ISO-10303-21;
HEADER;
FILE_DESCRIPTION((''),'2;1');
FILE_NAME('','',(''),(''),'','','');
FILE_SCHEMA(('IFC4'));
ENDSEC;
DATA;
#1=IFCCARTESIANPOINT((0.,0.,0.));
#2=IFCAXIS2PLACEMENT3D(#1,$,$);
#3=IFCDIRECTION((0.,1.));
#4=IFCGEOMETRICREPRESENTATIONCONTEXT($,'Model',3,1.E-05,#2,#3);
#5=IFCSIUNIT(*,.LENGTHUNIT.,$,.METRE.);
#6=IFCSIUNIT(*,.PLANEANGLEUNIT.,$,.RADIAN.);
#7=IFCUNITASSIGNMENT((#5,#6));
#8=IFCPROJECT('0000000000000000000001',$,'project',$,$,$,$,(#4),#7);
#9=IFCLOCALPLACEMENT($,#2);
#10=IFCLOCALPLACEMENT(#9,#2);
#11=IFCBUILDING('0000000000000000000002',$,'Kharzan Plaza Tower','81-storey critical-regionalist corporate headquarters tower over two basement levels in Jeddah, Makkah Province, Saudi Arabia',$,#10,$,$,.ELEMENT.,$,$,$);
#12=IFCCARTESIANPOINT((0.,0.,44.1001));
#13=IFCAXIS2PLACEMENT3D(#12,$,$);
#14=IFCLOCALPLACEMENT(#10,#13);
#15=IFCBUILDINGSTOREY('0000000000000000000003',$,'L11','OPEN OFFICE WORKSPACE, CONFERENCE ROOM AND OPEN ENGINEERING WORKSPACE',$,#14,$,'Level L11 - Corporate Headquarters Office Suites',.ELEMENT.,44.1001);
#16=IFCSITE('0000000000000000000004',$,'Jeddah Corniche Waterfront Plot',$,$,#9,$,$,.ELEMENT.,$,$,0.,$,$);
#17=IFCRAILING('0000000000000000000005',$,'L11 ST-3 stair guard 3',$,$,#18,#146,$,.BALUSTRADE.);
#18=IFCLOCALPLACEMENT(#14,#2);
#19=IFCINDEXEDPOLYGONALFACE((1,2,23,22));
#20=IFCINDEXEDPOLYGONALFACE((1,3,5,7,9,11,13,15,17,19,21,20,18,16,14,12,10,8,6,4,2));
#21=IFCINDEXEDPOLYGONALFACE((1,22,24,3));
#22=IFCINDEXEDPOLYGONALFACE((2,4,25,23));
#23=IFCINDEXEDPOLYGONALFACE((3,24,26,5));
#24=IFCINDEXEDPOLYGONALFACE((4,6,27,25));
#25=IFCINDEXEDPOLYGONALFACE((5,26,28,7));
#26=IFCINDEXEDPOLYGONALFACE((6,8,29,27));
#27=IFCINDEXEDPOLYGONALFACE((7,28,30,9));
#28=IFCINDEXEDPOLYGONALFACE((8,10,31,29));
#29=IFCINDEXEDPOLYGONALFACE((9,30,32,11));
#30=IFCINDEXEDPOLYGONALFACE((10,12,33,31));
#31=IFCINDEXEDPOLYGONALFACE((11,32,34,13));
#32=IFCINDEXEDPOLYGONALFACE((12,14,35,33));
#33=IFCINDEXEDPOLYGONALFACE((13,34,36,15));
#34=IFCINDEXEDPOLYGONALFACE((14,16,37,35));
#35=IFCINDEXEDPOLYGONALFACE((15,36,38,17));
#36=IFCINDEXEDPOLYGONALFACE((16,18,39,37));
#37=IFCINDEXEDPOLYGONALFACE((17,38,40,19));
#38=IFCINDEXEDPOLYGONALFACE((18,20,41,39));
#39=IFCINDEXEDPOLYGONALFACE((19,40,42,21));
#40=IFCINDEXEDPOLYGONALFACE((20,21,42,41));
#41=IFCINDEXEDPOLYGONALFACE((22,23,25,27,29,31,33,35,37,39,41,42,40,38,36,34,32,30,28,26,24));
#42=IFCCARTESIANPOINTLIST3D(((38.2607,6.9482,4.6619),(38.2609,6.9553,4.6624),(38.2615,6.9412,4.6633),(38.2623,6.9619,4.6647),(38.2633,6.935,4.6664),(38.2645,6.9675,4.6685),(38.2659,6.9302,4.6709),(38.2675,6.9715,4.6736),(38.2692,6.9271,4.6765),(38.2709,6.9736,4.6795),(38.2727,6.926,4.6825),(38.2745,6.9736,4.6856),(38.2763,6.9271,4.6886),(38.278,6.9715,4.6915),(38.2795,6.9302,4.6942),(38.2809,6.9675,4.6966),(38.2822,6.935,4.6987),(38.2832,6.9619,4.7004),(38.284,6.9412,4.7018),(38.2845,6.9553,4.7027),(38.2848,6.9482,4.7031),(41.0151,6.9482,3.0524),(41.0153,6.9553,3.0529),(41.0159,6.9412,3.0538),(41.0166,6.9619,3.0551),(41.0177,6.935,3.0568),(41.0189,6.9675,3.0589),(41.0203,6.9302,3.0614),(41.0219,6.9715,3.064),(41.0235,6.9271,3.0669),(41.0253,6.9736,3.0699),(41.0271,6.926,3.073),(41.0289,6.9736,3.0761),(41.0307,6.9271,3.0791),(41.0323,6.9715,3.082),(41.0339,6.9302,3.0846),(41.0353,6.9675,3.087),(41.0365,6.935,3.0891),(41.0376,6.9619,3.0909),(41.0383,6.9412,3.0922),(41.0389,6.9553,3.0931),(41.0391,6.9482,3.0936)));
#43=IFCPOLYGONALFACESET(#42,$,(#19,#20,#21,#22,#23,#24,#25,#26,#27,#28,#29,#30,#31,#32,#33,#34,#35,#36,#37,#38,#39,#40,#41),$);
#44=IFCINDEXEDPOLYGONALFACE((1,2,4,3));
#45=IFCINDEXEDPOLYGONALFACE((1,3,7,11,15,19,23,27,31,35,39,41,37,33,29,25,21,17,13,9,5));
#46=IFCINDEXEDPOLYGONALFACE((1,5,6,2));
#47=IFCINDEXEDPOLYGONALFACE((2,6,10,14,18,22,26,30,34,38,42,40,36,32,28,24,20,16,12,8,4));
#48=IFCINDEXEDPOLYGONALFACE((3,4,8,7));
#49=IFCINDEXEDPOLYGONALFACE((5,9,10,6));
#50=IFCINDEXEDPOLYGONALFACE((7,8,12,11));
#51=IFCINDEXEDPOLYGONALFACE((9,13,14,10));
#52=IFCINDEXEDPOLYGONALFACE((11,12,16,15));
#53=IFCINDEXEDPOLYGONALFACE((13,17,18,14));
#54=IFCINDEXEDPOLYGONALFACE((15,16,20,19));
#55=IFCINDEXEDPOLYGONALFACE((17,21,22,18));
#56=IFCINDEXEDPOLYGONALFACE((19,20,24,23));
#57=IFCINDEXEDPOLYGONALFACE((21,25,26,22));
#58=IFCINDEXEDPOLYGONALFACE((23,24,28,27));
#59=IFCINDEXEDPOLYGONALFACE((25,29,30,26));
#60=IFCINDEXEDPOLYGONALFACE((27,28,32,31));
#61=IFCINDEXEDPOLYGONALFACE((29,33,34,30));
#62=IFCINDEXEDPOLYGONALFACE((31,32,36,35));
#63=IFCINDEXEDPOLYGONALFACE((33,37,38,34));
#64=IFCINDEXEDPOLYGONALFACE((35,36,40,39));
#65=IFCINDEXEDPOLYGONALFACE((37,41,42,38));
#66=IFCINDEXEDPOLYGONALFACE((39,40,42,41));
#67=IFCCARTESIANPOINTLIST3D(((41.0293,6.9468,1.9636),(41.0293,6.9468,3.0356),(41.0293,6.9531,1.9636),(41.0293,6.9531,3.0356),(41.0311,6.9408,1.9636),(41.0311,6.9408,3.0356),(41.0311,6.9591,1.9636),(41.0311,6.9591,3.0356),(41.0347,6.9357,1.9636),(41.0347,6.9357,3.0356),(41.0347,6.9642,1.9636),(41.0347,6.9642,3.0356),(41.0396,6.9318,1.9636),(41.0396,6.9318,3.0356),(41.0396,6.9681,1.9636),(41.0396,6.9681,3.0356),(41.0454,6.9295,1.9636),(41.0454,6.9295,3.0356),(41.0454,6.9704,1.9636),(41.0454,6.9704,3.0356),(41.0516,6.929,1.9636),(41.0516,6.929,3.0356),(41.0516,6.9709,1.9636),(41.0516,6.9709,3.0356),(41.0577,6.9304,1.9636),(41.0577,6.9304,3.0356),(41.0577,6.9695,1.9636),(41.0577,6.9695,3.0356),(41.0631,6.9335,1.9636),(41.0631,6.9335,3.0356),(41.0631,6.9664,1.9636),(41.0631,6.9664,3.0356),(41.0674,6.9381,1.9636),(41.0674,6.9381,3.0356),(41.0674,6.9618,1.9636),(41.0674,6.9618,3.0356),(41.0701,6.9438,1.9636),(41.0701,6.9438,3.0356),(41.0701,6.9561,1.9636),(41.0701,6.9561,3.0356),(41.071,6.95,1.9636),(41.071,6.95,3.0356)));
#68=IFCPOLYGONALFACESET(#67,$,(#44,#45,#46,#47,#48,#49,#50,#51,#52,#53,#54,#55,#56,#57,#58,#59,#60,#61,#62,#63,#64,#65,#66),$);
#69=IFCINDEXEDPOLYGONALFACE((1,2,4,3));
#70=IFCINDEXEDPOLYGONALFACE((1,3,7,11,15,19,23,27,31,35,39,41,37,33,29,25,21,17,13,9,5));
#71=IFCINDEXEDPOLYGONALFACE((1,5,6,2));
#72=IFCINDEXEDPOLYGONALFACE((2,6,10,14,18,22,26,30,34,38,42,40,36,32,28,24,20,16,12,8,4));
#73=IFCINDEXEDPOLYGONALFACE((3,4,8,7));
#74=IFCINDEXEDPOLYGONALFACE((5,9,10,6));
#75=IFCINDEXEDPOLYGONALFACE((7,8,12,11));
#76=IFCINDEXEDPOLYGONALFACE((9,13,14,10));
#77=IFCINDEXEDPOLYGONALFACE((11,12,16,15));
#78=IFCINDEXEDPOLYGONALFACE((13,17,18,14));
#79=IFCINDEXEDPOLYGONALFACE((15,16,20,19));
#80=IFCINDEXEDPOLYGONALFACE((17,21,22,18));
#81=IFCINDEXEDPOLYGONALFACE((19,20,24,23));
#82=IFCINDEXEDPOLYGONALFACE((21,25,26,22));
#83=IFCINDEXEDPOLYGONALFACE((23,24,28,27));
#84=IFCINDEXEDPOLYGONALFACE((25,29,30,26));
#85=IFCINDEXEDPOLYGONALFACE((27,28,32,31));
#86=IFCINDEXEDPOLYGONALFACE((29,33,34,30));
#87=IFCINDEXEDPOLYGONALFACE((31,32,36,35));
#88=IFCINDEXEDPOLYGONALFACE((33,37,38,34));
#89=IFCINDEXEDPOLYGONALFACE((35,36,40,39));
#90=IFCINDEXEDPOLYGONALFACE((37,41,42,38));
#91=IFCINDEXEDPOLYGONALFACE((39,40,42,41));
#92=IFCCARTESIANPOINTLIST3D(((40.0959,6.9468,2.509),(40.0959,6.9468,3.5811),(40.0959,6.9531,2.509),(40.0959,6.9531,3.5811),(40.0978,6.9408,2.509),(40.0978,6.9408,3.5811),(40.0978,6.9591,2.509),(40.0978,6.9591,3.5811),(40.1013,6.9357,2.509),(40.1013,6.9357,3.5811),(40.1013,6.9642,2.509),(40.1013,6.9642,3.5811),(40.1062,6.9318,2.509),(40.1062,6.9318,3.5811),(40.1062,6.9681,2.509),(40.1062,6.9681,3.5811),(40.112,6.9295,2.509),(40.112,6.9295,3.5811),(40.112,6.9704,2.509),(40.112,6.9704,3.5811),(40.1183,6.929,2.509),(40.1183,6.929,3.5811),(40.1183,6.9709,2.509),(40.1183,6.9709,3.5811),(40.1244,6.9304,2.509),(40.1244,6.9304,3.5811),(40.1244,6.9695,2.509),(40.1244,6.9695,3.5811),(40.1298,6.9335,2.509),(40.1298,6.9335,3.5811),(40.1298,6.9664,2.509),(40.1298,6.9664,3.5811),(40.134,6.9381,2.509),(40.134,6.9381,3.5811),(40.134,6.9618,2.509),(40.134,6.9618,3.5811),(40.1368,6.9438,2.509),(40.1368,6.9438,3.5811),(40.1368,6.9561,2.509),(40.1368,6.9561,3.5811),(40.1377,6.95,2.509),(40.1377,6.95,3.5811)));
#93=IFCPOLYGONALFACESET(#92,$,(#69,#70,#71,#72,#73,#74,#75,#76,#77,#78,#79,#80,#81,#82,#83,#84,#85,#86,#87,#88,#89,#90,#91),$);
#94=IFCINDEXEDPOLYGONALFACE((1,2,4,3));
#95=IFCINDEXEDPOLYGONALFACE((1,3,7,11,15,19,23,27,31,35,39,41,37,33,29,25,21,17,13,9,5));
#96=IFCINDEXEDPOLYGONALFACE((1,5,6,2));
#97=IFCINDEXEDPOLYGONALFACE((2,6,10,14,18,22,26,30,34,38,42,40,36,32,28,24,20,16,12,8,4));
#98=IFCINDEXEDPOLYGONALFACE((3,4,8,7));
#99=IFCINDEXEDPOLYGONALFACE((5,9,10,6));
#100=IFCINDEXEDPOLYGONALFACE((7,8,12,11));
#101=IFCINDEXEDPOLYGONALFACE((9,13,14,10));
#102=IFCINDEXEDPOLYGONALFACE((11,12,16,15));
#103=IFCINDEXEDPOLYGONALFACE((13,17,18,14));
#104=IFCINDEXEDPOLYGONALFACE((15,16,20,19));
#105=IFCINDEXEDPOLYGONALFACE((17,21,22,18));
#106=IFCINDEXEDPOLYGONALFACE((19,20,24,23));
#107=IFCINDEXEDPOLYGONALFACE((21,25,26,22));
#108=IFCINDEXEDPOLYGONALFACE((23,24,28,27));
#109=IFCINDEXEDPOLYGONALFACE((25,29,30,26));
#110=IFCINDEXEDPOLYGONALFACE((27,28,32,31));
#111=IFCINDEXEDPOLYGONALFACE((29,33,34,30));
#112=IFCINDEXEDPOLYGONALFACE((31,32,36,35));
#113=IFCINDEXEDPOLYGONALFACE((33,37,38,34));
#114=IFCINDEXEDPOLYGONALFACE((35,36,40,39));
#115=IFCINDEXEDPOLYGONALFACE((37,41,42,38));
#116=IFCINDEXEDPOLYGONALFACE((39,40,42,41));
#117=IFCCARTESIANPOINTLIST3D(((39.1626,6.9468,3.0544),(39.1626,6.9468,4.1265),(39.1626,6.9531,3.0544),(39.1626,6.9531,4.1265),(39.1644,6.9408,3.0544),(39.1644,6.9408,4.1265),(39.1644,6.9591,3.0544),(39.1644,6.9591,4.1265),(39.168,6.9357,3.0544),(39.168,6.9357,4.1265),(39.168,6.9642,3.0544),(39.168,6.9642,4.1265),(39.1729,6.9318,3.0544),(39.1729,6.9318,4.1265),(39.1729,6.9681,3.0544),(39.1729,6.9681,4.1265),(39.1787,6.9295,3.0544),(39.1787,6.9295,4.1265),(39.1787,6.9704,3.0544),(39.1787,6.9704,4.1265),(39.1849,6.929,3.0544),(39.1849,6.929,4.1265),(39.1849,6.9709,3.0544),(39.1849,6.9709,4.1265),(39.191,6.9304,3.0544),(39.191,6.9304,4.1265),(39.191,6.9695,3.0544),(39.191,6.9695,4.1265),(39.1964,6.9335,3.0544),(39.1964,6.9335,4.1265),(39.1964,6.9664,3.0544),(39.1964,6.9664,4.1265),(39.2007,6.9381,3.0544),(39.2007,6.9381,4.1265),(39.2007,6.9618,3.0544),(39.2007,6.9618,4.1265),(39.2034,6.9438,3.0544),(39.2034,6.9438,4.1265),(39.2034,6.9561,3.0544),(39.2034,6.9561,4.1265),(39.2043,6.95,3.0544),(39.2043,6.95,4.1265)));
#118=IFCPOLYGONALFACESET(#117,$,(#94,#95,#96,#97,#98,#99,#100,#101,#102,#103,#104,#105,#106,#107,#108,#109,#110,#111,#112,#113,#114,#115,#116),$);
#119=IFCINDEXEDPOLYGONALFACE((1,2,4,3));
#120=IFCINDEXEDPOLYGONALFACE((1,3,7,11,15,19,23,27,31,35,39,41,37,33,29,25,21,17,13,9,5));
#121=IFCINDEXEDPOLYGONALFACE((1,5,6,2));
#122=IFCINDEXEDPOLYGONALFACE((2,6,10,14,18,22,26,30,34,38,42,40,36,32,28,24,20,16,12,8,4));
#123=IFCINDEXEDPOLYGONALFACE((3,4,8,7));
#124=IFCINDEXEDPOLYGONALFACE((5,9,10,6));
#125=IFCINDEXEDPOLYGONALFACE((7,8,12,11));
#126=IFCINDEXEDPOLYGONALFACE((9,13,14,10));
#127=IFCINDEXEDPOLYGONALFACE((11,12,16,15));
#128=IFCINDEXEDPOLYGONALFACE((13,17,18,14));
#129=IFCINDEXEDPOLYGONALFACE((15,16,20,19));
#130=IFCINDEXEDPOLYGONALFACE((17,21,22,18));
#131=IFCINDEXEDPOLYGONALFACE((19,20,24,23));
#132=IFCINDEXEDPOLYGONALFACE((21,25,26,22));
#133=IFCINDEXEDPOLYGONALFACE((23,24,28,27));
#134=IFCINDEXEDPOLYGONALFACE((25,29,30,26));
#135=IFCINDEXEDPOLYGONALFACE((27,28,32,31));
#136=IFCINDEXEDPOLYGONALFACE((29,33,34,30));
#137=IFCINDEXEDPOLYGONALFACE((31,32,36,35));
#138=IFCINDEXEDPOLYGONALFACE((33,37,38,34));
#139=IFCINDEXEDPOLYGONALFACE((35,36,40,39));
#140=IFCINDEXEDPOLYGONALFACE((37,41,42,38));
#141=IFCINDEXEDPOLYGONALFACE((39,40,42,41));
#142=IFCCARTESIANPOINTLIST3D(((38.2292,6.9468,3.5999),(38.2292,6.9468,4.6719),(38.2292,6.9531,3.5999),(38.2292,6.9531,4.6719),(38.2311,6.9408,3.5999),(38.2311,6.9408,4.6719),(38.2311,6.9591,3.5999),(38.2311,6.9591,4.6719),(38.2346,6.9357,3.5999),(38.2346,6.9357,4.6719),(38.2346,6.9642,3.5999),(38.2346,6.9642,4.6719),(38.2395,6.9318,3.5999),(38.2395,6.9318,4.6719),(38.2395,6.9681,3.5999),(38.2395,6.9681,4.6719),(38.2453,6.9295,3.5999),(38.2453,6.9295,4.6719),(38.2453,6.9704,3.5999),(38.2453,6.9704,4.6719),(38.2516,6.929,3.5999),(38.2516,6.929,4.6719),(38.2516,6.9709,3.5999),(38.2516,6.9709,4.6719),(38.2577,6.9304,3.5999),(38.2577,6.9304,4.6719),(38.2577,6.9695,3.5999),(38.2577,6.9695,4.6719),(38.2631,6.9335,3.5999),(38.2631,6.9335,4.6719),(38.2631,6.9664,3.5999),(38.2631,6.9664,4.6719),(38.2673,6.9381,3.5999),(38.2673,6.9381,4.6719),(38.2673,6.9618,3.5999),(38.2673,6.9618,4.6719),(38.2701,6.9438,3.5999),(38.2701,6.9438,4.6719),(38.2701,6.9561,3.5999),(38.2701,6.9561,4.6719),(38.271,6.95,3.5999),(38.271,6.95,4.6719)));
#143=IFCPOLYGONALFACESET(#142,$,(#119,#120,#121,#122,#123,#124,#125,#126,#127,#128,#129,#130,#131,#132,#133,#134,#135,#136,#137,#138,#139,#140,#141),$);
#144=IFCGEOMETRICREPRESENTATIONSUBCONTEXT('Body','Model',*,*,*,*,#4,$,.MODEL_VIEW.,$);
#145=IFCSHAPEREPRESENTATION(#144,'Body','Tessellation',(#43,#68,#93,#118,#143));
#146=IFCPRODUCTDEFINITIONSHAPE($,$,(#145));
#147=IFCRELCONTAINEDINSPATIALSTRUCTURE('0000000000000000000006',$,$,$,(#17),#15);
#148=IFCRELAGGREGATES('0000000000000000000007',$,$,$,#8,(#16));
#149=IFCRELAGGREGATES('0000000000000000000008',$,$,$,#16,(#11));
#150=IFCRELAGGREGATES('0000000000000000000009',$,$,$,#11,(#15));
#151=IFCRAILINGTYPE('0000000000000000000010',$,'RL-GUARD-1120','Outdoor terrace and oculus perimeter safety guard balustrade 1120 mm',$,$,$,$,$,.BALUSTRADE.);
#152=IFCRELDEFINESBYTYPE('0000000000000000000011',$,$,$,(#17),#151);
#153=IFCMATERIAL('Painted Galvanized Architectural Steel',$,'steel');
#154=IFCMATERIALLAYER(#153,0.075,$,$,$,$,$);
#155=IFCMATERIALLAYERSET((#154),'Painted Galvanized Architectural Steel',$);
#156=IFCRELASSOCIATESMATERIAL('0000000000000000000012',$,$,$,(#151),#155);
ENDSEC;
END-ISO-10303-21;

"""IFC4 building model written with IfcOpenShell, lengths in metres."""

from ifc_helpers import new_model, si_unit, direction, frame, origin, origin_2d, place, context, subcontext, project, spatial, circle, extrude, source, transform, mapped, material, layer, layer_set, type_object, element, save


model = new_model("IFC4")

# Units and contexts
model_context = context("Model", 3, precision=1e-05, world=origin(), true_north=direction((0.0, 1.0)))
body_context = subcontext(model_context, "Body", "Model", "MODEL_VIEW")
ifc_project = project(units=[si_unit("LENGTHUNIT", "METRE"), si_unit("PLANEANGLEUNIT", "RADIAN")], contexts=[model_context])

# Site, building, storey
site_placement = place(None, origin())
site = spatial("IfcSite", under=ifc_project, at=site_placement, Name="Jeddah Corniche Waterfront Plot", CompositionType="ELEMENT", RefElevation=0.0)
building_placement = place(site_placement, origin())
building = spatial("IfcBuilding", under=site, at=building_placement, Name="Kharzan Plaza Tower", Description="81-storey critical-regionalist corporate headquarters tower over two basement levels in Jeddah, Makkah Province, Saudi Arabia", CompositionType="ELEMENT")
storey_placement = place(building_placement, frame((0.0, 0.0, 44.1001)))
storey = spatial("IfcBuildingStorey", under=building, at=storey_placement, Name="L11", Description="OPEN OFFICE WORKSPACE, CONFERENCE ROOM AND OPEN ENGINEERING WORKSPACE", LongName="Level L11 - Corporate Headquarters Office Suites", CompositionType="ELEMENT", Elevation=44.1001)

# Railing
ifc_material_1 = material(Name="Painted Galvanized Architectural Steel", Category="steel")
ifc_layer_1 = layer(ifc_material_1, 0.075)
ifc_layer_set_1 = layer_set([ifc_layer_1], Name="Painted Galvanized Architectural Steel")
railing_type_1 = type_object("IfcRailingType", Name="RL-GUARD-1120", Description="Outdoor terrace and oculus perimeter safety guard balustrade 1120 mm", PredefinedType="BALUSTRADE", material=ifc_layer_set_1)
shared_shape_1 = source(origin(), body_context, "Body", "SweptSolid", [
    extrude(circle(Radius=0.0239, at=origin_2d()), frame((-0.0229, 0.0, 1.1094), z_axis=(-0.863394, 0.0, 0.504531), x_axis=(0.0, -1.0, 0.0)), (0.0, 0.0, 1.0), 3.1902),
    extrude(circle(Radius=0.021, at=origin_2d()), origin(), (0.0, 0.0, 1.0), 1.072),
    extrude(circle(Radius=0.021, at=origin_2d()), frame((-0.9333, 0.0, 0.5454)), (0.0, 0.0, 1.0), 1.072),
    extrude(circle(Radius=0.021, at=origin_2d()), frame((-1.8667, 0.0, 1.0908)), (0.0, 0.0, 1.0), 1.072),
    extrude(circle(Radius=0.021, at=origin_2d()), frame((-2.8, 0.0, 1.6362)), (0.0, 0.0, 1.0), 1.072),
])
railing_1_placement = place(storey_placement, frame((41.05, 6.95, 1.9636)))
element("IfcRailing", 1, at=railing_1_placement, inside=storey, type_object=railing_type_1, Name="L11 ST-3 stair guard 3", PredefinedType="BALUSTRADE", context=body_context, shape_type="MappedRepresentation", body=[
    mapped(shared_shape_1, transform((0.0, 0.0, 0.0), x_axis=(1.0, 0.0, 0.0), y_axis=(0.0, 1.0, 0.0), z_axis=(0.0, 0.0, 1.0))),
])

save(model, "model.ifc")
